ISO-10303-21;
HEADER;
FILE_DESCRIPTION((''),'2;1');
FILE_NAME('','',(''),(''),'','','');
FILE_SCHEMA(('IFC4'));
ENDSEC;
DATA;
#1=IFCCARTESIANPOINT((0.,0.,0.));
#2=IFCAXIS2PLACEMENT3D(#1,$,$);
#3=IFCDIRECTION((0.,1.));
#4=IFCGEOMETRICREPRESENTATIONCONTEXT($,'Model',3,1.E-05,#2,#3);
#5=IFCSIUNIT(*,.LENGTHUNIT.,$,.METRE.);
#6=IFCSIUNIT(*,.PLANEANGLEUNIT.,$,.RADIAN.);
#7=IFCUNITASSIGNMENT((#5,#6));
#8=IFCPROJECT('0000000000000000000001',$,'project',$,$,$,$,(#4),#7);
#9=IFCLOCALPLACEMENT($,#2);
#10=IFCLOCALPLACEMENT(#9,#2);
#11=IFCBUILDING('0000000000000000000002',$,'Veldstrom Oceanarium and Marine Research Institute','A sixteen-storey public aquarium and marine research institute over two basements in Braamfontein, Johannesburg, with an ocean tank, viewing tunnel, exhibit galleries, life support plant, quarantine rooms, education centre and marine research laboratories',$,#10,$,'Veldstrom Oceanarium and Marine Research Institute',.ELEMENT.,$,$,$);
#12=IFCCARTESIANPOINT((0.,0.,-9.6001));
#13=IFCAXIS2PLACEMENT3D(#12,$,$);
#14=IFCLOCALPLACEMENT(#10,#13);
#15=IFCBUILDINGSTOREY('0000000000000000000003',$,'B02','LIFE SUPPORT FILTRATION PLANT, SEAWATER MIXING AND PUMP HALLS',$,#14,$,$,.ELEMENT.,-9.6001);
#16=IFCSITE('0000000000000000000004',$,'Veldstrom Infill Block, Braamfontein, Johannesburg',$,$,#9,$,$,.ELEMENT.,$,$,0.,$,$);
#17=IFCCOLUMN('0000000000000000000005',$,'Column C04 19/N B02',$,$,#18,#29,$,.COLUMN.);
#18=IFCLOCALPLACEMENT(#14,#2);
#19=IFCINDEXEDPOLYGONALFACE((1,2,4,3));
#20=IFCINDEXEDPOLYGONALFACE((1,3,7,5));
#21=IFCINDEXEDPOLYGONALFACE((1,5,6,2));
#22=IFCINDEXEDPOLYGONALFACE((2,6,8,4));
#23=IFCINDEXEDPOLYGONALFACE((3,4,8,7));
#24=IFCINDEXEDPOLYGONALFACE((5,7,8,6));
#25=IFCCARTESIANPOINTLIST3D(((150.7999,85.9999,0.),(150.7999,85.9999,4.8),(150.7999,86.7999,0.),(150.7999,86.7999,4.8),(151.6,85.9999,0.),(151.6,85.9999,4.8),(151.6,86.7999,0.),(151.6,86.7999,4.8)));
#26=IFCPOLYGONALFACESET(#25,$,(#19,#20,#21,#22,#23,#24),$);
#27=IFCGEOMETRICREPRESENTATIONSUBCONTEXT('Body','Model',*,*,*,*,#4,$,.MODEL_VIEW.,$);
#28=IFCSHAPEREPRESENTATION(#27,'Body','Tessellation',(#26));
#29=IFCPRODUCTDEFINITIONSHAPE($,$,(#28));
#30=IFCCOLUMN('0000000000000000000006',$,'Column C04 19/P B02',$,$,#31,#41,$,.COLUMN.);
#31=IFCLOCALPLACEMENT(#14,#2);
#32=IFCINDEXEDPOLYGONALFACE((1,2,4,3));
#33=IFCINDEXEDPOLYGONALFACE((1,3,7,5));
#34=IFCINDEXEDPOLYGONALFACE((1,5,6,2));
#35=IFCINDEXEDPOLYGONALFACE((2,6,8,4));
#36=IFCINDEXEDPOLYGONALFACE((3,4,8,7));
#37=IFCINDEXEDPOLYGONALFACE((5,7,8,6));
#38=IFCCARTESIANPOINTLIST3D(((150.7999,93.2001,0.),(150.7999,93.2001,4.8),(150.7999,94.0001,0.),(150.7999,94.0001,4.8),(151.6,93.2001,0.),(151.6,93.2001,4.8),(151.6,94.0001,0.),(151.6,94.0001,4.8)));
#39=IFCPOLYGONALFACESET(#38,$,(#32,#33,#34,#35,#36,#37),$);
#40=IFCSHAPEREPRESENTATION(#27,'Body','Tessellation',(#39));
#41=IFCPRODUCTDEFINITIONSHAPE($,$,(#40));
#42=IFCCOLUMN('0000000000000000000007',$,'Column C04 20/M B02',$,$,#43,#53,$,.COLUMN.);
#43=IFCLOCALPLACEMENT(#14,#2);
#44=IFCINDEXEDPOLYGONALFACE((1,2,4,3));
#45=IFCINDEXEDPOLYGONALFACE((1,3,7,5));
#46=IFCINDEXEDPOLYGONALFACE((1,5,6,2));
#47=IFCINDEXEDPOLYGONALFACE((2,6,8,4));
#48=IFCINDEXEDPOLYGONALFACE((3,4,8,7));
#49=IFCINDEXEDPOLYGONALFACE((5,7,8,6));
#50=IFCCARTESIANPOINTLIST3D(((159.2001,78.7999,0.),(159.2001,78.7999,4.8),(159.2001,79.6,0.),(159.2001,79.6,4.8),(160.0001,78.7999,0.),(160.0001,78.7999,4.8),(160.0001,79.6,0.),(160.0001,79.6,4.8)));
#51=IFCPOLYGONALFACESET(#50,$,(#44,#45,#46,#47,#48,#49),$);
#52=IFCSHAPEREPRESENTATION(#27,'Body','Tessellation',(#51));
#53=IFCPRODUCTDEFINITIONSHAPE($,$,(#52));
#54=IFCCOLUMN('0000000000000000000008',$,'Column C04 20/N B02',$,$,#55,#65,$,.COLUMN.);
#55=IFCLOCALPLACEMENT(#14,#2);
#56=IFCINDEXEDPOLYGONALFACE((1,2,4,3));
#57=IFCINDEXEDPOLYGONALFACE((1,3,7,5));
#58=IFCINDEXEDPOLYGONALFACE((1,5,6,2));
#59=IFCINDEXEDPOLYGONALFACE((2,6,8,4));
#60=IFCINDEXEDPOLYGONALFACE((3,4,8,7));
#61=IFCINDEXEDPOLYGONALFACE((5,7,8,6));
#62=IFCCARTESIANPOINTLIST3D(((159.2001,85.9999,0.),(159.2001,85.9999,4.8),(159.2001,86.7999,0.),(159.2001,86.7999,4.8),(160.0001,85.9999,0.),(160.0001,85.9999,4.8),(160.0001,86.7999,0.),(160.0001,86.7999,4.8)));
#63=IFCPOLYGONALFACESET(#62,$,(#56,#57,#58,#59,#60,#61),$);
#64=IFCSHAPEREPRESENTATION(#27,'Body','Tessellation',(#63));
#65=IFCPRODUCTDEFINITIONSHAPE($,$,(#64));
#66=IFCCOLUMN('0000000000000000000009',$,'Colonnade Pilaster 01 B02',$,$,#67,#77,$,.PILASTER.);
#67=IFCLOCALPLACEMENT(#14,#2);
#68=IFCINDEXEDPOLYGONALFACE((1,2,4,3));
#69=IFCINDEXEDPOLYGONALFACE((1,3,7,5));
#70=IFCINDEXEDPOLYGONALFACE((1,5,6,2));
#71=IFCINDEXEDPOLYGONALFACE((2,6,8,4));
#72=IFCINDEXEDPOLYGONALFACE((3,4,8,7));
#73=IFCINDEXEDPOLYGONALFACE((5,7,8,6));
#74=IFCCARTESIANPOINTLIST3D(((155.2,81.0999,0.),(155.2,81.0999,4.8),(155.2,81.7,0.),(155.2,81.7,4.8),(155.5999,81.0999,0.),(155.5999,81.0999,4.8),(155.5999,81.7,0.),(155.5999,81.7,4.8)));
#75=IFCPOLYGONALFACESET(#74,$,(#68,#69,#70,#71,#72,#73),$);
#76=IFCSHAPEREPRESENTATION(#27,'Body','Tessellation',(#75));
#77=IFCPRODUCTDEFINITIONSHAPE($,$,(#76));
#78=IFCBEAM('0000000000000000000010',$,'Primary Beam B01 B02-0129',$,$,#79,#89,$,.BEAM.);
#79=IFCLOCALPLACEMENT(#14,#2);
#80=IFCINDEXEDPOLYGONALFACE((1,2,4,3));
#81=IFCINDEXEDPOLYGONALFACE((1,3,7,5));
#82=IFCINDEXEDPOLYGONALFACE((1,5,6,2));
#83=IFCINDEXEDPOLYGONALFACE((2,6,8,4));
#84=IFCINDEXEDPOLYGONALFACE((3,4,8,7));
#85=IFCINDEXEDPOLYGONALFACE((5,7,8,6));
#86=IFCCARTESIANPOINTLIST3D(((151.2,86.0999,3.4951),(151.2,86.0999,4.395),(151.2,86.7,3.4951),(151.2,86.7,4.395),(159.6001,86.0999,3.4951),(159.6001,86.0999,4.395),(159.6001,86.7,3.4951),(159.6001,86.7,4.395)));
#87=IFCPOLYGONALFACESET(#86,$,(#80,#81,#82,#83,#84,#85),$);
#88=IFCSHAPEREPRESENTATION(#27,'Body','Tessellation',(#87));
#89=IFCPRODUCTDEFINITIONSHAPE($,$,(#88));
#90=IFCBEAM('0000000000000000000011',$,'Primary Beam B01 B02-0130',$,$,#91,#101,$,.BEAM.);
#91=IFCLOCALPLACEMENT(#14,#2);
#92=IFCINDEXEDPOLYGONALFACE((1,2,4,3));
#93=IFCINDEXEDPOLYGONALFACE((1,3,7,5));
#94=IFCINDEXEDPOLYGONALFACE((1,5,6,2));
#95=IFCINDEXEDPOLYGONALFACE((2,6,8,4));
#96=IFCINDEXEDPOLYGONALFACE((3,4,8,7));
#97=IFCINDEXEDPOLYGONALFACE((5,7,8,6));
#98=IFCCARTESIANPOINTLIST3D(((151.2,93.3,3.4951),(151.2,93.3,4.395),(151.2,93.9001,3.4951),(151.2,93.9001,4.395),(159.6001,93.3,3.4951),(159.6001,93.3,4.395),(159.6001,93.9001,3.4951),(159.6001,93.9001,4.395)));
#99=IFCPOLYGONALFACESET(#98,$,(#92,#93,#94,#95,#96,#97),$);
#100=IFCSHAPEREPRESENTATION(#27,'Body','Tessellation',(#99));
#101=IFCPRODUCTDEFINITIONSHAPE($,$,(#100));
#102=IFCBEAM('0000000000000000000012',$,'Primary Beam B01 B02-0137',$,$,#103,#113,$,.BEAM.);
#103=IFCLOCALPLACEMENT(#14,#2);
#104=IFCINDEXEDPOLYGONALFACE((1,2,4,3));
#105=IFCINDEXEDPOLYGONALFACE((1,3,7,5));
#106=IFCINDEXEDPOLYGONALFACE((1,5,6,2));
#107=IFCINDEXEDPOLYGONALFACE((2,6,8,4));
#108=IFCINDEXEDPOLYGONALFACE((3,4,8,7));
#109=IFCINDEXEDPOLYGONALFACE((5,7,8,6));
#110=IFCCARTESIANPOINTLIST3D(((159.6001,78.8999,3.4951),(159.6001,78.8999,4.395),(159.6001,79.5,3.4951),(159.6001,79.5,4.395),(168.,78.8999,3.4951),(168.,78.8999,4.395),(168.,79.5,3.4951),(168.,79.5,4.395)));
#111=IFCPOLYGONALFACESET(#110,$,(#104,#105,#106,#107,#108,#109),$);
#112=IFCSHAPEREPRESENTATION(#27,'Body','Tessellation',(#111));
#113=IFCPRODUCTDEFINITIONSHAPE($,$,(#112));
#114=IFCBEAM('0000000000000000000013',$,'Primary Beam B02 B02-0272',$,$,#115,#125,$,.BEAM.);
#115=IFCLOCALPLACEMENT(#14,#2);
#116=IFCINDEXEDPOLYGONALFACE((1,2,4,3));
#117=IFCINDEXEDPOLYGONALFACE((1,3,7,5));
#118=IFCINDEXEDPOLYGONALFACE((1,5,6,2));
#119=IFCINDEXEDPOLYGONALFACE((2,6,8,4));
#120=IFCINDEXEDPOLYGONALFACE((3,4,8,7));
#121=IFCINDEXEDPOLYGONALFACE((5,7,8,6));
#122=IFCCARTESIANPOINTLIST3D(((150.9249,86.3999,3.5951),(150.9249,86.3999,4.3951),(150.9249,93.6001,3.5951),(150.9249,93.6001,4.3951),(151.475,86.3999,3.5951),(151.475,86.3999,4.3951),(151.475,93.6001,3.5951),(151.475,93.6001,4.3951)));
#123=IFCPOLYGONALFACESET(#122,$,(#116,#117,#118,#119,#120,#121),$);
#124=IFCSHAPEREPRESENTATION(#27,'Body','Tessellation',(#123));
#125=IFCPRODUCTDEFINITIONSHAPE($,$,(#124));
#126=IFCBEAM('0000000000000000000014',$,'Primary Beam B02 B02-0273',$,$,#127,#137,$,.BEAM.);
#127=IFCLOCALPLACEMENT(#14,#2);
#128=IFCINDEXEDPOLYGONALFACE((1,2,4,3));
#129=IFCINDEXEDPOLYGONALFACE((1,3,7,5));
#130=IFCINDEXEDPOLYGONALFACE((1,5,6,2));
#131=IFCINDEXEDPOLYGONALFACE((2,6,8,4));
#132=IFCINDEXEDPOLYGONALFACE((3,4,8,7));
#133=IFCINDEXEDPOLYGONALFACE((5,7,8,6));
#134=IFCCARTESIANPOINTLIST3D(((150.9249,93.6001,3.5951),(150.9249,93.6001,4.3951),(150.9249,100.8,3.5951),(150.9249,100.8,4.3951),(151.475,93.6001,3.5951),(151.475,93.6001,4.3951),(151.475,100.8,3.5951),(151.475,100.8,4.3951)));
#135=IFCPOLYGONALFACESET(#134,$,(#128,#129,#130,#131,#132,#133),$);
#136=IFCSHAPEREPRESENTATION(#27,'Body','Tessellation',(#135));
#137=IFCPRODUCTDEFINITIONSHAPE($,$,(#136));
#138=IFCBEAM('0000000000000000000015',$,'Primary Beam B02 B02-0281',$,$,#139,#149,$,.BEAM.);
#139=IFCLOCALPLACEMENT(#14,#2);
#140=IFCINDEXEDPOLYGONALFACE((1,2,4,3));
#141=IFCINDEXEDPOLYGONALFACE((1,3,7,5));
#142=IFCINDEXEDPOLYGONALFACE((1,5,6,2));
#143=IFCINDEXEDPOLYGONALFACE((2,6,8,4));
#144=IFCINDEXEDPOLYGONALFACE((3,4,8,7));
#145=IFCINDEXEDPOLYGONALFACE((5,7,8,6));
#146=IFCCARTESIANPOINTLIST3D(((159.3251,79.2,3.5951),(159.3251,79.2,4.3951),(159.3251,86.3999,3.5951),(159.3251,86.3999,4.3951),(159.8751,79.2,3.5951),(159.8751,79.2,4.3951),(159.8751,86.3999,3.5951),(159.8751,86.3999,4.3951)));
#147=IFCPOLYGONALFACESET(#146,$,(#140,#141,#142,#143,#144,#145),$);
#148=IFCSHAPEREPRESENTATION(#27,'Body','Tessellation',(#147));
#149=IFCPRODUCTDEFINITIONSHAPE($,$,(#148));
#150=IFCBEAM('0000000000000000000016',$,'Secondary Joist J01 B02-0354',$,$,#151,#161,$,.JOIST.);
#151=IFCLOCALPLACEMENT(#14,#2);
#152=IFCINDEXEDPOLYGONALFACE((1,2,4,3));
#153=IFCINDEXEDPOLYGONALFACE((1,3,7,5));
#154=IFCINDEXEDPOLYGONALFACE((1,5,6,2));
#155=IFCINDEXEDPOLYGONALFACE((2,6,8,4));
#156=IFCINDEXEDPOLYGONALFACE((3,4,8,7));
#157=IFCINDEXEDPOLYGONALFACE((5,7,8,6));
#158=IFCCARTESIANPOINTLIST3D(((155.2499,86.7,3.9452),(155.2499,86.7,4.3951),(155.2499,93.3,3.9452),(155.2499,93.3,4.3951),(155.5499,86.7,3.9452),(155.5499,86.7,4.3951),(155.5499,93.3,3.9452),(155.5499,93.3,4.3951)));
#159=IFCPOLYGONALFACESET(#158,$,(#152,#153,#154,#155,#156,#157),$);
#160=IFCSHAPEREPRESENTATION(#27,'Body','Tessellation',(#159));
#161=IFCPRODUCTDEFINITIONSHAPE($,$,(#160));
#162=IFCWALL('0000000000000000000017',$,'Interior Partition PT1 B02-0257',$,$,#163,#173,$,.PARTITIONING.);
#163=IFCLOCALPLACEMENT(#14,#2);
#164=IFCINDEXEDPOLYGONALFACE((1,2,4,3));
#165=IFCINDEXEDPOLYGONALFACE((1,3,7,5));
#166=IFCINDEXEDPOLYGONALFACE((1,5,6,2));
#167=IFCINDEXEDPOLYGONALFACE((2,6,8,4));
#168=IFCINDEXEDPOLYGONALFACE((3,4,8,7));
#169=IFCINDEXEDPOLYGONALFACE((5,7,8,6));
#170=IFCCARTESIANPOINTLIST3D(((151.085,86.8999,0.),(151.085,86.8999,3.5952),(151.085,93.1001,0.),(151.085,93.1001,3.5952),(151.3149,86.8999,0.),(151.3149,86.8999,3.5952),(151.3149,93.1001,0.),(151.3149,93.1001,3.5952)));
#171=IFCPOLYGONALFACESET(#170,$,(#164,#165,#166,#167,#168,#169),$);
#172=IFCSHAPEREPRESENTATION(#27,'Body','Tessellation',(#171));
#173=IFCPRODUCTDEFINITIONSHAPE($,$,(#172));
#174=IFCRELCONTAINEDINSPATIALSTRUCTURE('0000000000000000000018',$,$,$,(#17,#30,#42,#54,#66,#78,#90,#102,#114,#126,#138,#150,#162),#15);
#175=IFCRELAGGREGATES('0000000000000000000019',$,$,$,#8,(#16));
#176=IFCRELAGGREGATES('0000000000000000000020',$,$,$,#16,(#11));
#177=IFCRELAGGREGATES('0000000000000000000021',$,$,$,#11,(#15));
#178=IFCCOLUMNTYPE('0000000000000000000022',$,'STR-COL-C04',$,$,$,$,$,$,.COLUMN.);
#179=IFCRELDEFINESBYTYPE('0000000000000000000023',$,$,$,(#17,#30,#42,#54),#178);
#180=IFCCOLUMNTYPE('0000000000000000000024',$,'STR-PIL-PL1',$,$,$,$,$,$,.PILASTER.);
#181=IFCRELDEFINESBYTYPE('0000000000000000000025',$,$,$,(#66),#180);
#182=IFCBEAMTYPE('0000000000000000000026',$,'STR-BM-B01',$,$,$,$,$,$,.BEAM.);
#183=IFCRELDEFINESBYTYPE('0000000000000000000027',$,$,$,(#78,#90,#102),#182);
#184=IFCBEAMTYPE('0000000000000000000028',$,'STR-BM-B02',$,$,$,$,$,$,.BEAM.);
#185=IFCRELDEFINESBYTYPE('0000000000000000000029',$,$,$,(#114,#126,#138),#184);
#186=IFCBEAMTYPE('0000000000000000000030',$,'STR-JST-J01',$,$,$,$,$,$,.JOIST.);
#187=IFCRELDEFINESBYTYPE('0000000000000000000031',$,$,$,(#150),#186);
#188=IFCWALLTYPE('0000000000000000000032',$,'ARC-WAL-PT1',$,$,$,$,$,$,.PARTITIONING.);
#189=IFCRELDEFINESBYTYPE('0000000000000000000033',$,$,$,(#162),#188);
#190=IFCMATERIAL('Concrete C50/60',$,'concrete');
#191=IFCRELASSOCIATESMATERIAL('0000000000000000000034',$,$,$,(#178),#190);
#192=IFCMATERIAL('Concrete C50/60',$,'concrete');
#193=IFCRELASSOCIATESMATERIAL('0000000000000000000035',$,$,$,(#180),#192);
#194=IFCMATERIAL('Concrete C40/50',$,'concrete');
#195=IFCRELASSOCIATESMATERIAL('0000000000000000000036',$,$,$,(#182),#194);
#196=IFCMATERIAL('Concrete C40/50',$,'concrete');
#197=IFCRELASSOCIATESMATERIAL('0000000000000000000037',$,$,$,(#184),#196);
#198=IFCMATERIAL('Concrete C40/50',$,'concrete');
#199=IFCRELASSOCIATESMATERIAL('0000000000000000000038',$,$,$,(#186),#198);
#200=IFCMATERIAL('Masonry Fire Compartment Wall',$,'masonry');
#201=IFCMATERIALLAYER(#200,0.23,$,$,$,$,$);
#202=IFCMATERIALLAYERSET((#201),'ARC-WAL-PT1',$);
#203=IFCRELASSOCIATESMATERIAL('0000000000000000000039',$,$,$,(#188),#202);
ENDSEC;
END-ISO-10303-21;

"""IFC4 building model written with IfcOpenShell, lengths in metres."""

from ifc_helpers import new_model, si_unit, direction, frame, frame_2d, origin, origin_2d, place, context, subcontext, project, spatial, rectangle, extrude, material, layer, layer_set, material_profile, profile_set, type_object, element, save


model = new_model("IFC4")

# Units and contexts
model_context = context("Model", 3, precision=1e-05, world=origin(), true_north=direction((0.0, 1.0)))
body_context = subcontext(model_context, "Body", "Model", "MODEL_VIEW")
ifc_project = project(units=[si_unit("LENGTHUNIT", "METRE"), si_unit("PLANEANGLEUNIT", "RADIAN")], contexts=[model_context])

# Site, building, storey
site_placement = place(None, origin())
site = spatial("IfcSite", under=ifc_project, at=site_placement, Name="Veldstrom Infill Block, Braamfontein, Johannesburg", CompositionType="ELEMENT", RefElevation=0.0)
building_placement = place(site_placement, origin())
building = spatial("IfcBuilding", under=site, at=building_placement, Name="Veldstrom Oceanarium and Marine Research Institute", Description="A sixteen-storey public aquarium and marine research institute over two basements in Braamfontein, Johannesburg, with an ocean tank, viewing tunnel, exhibit galleries, life support plant, quarantine rooms, education centre and marine research laboratories", LongName="Veldstrom Oceanarium and Marine Research Institute", CompositionType="ELEMENT")
storey_placement = place(building_placement, frame((0.0, 0.0, -9.6001)))
storey = spatial("IfcBuildingStorey", under=building, at=storey_placement, Name="B02", Description="LIFE SUPPORT FILTRATION PLANT, SEAWATER MIXING AND PUMP HALLS", CompositionType="ELEMENT", Elevation=-9.6001)

# Columns
ifc_material_1 = material(Name="Concrete C50/60", Category="concrete")
ifc_material_profile_1 = material_profile(ifc_material_1, rectangle(XDim=0.8, YDim=0.8, at=origin_2d()), Name="RC-COL-800x800")
ifc_profile_set_1 = profile_set([ifc_material_profile_1], Name="Concrete C50/60")
column_type_1 = type_object("IfcColumnType", Name="STR-COL-C04", PredefinedType="COLUMN", material=ifc_profile_set_1)
for number, where, z_axis, x_axis, name in (
    (1, (151.2, 86.3999, 0.0), (0.0, 0.0, 1.0), (1.0, 0.0, 0.0), "Column C04 19/N B02"),
    (2, (151.2, 93.6001, 0.0), (0.0, 0.0, 1.0), (1.0, 0.0, 0.0), "Column C04 19/P B02"),
    (3, (159.6001, 79.2, 0.0), (0.0, 0.0, 1.0), (1.0, 0.0, 0.0), "Column C04 20/M B02"),
    (4, (159.6001, 86.3999, 0.0), (0.0, 0.0, 1.0), (1.0, 0.0, 0.0), "Column C04 20/N B02"),
):
    element("IfcColumn", number, at=place(storey_placement, frame(where, z_axis=z_axis, x_axis=x_axis)), inside=storey, type_object=column_type_1, Name=name, PredefinedType="COLUMN", context=body_context, shape_type="SweptSolid", body=[
        extrude(rectangle(XDim=0.8, YDim=0.8, at=origin_2d()), origin(), (0.0, 0.0, 1.0), 4.8),
    ])
ifc_material_2 = material(Name="Concrete C50/60", Category="concrete")
ifc_material_profile_2 = material_profile(ifc_material_2, rectangle(XDim=0.3999, YDim=0.6001, at=origin_2d()), Name="RC-PIL-600x400")
ifc_profile_set_2 = profile_set([ifc_material_profile_2], Name="Concrete C50/60")
column_type_2 = type_object("IfcColumnType", Name="STR-PIL-PL1", PredefinedType="PILASTER", material=ifc_profile_set_2)
column_placement = place(storey_placement, frame((155.3999, 81.3999, 0.0), z_axis=(0.0, 0.0, 1.0), x_axis=(1.0, 0.0, 0.0)))
element("IfcColumn", 5, at=column_placement, inside=storey, type_object=column_type_2, Name="Colonnade Pilaster 01 B02", PredefinedType="PILASTER", context=body_context, shape_type="SweptSolid", body=[
    extrude(rectangle(XDim=0.3999, YDim=0.6001, at=origin_2d()), origin(), (0.0, 0.0, 1.0), 4.8),
])

# Beams
ifc_material_3 = material(Name="Concrete C40/50", Category="concrete")
ifc_material_profile_3 = material_profile(ifc_material_3, rectangle(XDim=0.6001, YDim=0.8999, at=origin_2d()), Name="RC-BM-600x900")
ifc_profile_set_3 = profile_set([ifc_material_profile_3], Name="Concrete C40/50")
beam_type_1 = type_object("IfcBeamType", Name="STR-BM-B01", PredefinedType="BEAM", material=ifc_profile_set_3)
for number, where, z_axis, x_axis, name in (
    (6, (151.2, 86.3999, 3.9451), (1.0, 0.0, 0.0), (0.0, 1.0, 0.0), "Primary Beam B01 B02-0129"),
    (7, (151.2, 93.6001, 3.9451), (1.0, 0.0, 0.0), (0.0, 1.0, 0.0), "Primary Beam B01 B02-0130"),
):
    element("IfcBeam", number, at=place(storey_placement, frame(where, z_axis=z_axis, x_axis=x_axis)), inside=storey, type_object=beam_type_1, Name=name, PredefinedType="BEAM", context=body_context, shape_type="SweptSolid", body=[
        extrude(rectangle(XDim=0.6001, YDim=0.8999, at=origin_2d()), origin(), (0.0, 0.0, 1.0), 8.4001),
    ])
beam_1_placement = place(storey_placement, frame((159.6001, 79.2, 3.9451), z_axis=(1.0, 0.0, 0.0), x_axis=(0.0, 1.0, 0.0)))
element("IfcBeam", 8, at=beam_1_placement, inside=storey, type_object=beam_type_1, Name="Primary Beam B01 B02-0137", PredefinedType="BEAM", context=body_context, shape_type="SweptSolid", body=[
    extrude(rectangle(XDim=0.6001, YDim=0.8999, at=origin_2d()), origin(), (0.0, 0.0, 1.0), 8.3999),
])
ifc_material_4 = material(Name="Concrete C40/50", Category="concrete")
ifc_material_profile_4 = material_profile(ifc_material_4, rectangle(XDim=0.55, YDim=0.8, at=origin_2d()), Name="RC-BM-550x800")
ifc_profile_set_4 = profile_set([ifc_material_profile_4], Name="Concrete C40/50")
beam_type_2 = type_object("IfcBeamType", Name="STR-BM-B02", PredefinedType="BEAM", material=ifc_profile_set_4)
beam_2_placement = place(storey_placement, frame((151.2, 86.3999, 3.9951), z_axis=(0.0, 1.0, 0.0), x_axis=(-1.0, 0.0, 0.0)))
element("IfcBeam", 9, at=beam_2_placement, inside=storey, type_object=beam_type_2, Name="Primary Beam B02 B02-0272", PredefinedType="BEAM", context=body_context, shape_type="SweptSolid", body=[
    extrude(rectangle(XDim=0.55, YDim=0.8, at=origin_2d()), origin(), (0.0, 0.0, 1.0), 7.2002),
])
for number, where, z_axis, x_axis, name in (
    (10, (151.2, 93.6001, 3.9951), (0.0, 1.0, 0.0), (-1.0, 0.0, 0.0), "Primary Beam B02 B02-0273"),
    (11, (159.6001, 79.2, 3.9951), (0.0, 1.0, 0.0), (-1.0, 0.0, 0.0), "Primary Beam B02 B02-0281"),
):
    element("IfcBeam", number, at=place(storey_placement, frame(where, z_axis=z_axis, x_axis=x_axis)), inside=storey, type_object=beam_type_2, Name=name, PredefinedType="BEAM", context=body_context, shape_type="SweptSolid", body=[
        extrude(rectangle(XDim=0.55, YDim=0.8, at=origin_2d()), origin(), (0.0, 0.0, 1.0), 7.2),
    ])
ifc_material_5 = material(Name="Concrete C40/50", Category="concrete")
ifc_material_profile_5 = material_profile(ifc_material_5, rectangle(XDim=0.3, YDim=0.45, at=origin_2d()), Name="RC-JST-300x450")
ifc_profile_set_5 = profile_set([ifc_material_profile_5], Name="Concrete C40/50")
beam_type_3 = type_object("IfcBeamType", Name="STR-JST-J01", PredefinedType="JOIST", material=ifc_profile_set_5)
beam_3_placement = place(storey_placement, frame((155.3999, 86.7, 4.1702), z_axis=(0.0, 1.0, 0.0), x_axis=(-1.0, 0.0, 0.0)))
element("IfcBeam", 12, at=beam_3_placement, inside=storey, type_object=beam_type_3, Name="Secondary Joist J01 B02-0354", PredefinedType="JOIST", context=body_context, shape_type="SweptSolid", body=[
    extrude(rectangle(XDim=0.3, YDim=0.45, at=origin_2d()), origin(), (0.0, 0.0, 1.0), 6.6001),
])

# Wall
ifc_material_6 = material(Name="Masonry Fire Compartment Wall", Category="masonry")
ifc_layer_1 = layer(ifc_material_6, 0.23)
ifc_layer_set_1 = layer_set([ifc_layer_1], Name="ARC-WAL-PT1")
wall_type_1 = type_object("IfcWallType", Name="ARC-WAL-PT1", PredefinedType="PARTITIONING", material=ifc_layer_set_1)
wall_1_placement = place(storey_placement, frame((151.2, 86.8999, 0.0), z_axis=(0.0, 0.0, 1.0), x_axis=(0.0, 1.0, 0.0)))
element("IfcWall", 13, at=wall_1_placement, inside=storey, type_object=wall_type_1, Name="Interior Partition PT1 B02-0257", PredefinedType="PARTITIONING", context=body_context, shape_type="SweptSolid", body=[
    extrude(rectangle(XDim=6.2002, YDim=0.23, at=frame_2d((3.1001, 0.0))), origin(), (0.0, 0.0, 1.0), 3.5952),
])

save(model, "model.ifc")
